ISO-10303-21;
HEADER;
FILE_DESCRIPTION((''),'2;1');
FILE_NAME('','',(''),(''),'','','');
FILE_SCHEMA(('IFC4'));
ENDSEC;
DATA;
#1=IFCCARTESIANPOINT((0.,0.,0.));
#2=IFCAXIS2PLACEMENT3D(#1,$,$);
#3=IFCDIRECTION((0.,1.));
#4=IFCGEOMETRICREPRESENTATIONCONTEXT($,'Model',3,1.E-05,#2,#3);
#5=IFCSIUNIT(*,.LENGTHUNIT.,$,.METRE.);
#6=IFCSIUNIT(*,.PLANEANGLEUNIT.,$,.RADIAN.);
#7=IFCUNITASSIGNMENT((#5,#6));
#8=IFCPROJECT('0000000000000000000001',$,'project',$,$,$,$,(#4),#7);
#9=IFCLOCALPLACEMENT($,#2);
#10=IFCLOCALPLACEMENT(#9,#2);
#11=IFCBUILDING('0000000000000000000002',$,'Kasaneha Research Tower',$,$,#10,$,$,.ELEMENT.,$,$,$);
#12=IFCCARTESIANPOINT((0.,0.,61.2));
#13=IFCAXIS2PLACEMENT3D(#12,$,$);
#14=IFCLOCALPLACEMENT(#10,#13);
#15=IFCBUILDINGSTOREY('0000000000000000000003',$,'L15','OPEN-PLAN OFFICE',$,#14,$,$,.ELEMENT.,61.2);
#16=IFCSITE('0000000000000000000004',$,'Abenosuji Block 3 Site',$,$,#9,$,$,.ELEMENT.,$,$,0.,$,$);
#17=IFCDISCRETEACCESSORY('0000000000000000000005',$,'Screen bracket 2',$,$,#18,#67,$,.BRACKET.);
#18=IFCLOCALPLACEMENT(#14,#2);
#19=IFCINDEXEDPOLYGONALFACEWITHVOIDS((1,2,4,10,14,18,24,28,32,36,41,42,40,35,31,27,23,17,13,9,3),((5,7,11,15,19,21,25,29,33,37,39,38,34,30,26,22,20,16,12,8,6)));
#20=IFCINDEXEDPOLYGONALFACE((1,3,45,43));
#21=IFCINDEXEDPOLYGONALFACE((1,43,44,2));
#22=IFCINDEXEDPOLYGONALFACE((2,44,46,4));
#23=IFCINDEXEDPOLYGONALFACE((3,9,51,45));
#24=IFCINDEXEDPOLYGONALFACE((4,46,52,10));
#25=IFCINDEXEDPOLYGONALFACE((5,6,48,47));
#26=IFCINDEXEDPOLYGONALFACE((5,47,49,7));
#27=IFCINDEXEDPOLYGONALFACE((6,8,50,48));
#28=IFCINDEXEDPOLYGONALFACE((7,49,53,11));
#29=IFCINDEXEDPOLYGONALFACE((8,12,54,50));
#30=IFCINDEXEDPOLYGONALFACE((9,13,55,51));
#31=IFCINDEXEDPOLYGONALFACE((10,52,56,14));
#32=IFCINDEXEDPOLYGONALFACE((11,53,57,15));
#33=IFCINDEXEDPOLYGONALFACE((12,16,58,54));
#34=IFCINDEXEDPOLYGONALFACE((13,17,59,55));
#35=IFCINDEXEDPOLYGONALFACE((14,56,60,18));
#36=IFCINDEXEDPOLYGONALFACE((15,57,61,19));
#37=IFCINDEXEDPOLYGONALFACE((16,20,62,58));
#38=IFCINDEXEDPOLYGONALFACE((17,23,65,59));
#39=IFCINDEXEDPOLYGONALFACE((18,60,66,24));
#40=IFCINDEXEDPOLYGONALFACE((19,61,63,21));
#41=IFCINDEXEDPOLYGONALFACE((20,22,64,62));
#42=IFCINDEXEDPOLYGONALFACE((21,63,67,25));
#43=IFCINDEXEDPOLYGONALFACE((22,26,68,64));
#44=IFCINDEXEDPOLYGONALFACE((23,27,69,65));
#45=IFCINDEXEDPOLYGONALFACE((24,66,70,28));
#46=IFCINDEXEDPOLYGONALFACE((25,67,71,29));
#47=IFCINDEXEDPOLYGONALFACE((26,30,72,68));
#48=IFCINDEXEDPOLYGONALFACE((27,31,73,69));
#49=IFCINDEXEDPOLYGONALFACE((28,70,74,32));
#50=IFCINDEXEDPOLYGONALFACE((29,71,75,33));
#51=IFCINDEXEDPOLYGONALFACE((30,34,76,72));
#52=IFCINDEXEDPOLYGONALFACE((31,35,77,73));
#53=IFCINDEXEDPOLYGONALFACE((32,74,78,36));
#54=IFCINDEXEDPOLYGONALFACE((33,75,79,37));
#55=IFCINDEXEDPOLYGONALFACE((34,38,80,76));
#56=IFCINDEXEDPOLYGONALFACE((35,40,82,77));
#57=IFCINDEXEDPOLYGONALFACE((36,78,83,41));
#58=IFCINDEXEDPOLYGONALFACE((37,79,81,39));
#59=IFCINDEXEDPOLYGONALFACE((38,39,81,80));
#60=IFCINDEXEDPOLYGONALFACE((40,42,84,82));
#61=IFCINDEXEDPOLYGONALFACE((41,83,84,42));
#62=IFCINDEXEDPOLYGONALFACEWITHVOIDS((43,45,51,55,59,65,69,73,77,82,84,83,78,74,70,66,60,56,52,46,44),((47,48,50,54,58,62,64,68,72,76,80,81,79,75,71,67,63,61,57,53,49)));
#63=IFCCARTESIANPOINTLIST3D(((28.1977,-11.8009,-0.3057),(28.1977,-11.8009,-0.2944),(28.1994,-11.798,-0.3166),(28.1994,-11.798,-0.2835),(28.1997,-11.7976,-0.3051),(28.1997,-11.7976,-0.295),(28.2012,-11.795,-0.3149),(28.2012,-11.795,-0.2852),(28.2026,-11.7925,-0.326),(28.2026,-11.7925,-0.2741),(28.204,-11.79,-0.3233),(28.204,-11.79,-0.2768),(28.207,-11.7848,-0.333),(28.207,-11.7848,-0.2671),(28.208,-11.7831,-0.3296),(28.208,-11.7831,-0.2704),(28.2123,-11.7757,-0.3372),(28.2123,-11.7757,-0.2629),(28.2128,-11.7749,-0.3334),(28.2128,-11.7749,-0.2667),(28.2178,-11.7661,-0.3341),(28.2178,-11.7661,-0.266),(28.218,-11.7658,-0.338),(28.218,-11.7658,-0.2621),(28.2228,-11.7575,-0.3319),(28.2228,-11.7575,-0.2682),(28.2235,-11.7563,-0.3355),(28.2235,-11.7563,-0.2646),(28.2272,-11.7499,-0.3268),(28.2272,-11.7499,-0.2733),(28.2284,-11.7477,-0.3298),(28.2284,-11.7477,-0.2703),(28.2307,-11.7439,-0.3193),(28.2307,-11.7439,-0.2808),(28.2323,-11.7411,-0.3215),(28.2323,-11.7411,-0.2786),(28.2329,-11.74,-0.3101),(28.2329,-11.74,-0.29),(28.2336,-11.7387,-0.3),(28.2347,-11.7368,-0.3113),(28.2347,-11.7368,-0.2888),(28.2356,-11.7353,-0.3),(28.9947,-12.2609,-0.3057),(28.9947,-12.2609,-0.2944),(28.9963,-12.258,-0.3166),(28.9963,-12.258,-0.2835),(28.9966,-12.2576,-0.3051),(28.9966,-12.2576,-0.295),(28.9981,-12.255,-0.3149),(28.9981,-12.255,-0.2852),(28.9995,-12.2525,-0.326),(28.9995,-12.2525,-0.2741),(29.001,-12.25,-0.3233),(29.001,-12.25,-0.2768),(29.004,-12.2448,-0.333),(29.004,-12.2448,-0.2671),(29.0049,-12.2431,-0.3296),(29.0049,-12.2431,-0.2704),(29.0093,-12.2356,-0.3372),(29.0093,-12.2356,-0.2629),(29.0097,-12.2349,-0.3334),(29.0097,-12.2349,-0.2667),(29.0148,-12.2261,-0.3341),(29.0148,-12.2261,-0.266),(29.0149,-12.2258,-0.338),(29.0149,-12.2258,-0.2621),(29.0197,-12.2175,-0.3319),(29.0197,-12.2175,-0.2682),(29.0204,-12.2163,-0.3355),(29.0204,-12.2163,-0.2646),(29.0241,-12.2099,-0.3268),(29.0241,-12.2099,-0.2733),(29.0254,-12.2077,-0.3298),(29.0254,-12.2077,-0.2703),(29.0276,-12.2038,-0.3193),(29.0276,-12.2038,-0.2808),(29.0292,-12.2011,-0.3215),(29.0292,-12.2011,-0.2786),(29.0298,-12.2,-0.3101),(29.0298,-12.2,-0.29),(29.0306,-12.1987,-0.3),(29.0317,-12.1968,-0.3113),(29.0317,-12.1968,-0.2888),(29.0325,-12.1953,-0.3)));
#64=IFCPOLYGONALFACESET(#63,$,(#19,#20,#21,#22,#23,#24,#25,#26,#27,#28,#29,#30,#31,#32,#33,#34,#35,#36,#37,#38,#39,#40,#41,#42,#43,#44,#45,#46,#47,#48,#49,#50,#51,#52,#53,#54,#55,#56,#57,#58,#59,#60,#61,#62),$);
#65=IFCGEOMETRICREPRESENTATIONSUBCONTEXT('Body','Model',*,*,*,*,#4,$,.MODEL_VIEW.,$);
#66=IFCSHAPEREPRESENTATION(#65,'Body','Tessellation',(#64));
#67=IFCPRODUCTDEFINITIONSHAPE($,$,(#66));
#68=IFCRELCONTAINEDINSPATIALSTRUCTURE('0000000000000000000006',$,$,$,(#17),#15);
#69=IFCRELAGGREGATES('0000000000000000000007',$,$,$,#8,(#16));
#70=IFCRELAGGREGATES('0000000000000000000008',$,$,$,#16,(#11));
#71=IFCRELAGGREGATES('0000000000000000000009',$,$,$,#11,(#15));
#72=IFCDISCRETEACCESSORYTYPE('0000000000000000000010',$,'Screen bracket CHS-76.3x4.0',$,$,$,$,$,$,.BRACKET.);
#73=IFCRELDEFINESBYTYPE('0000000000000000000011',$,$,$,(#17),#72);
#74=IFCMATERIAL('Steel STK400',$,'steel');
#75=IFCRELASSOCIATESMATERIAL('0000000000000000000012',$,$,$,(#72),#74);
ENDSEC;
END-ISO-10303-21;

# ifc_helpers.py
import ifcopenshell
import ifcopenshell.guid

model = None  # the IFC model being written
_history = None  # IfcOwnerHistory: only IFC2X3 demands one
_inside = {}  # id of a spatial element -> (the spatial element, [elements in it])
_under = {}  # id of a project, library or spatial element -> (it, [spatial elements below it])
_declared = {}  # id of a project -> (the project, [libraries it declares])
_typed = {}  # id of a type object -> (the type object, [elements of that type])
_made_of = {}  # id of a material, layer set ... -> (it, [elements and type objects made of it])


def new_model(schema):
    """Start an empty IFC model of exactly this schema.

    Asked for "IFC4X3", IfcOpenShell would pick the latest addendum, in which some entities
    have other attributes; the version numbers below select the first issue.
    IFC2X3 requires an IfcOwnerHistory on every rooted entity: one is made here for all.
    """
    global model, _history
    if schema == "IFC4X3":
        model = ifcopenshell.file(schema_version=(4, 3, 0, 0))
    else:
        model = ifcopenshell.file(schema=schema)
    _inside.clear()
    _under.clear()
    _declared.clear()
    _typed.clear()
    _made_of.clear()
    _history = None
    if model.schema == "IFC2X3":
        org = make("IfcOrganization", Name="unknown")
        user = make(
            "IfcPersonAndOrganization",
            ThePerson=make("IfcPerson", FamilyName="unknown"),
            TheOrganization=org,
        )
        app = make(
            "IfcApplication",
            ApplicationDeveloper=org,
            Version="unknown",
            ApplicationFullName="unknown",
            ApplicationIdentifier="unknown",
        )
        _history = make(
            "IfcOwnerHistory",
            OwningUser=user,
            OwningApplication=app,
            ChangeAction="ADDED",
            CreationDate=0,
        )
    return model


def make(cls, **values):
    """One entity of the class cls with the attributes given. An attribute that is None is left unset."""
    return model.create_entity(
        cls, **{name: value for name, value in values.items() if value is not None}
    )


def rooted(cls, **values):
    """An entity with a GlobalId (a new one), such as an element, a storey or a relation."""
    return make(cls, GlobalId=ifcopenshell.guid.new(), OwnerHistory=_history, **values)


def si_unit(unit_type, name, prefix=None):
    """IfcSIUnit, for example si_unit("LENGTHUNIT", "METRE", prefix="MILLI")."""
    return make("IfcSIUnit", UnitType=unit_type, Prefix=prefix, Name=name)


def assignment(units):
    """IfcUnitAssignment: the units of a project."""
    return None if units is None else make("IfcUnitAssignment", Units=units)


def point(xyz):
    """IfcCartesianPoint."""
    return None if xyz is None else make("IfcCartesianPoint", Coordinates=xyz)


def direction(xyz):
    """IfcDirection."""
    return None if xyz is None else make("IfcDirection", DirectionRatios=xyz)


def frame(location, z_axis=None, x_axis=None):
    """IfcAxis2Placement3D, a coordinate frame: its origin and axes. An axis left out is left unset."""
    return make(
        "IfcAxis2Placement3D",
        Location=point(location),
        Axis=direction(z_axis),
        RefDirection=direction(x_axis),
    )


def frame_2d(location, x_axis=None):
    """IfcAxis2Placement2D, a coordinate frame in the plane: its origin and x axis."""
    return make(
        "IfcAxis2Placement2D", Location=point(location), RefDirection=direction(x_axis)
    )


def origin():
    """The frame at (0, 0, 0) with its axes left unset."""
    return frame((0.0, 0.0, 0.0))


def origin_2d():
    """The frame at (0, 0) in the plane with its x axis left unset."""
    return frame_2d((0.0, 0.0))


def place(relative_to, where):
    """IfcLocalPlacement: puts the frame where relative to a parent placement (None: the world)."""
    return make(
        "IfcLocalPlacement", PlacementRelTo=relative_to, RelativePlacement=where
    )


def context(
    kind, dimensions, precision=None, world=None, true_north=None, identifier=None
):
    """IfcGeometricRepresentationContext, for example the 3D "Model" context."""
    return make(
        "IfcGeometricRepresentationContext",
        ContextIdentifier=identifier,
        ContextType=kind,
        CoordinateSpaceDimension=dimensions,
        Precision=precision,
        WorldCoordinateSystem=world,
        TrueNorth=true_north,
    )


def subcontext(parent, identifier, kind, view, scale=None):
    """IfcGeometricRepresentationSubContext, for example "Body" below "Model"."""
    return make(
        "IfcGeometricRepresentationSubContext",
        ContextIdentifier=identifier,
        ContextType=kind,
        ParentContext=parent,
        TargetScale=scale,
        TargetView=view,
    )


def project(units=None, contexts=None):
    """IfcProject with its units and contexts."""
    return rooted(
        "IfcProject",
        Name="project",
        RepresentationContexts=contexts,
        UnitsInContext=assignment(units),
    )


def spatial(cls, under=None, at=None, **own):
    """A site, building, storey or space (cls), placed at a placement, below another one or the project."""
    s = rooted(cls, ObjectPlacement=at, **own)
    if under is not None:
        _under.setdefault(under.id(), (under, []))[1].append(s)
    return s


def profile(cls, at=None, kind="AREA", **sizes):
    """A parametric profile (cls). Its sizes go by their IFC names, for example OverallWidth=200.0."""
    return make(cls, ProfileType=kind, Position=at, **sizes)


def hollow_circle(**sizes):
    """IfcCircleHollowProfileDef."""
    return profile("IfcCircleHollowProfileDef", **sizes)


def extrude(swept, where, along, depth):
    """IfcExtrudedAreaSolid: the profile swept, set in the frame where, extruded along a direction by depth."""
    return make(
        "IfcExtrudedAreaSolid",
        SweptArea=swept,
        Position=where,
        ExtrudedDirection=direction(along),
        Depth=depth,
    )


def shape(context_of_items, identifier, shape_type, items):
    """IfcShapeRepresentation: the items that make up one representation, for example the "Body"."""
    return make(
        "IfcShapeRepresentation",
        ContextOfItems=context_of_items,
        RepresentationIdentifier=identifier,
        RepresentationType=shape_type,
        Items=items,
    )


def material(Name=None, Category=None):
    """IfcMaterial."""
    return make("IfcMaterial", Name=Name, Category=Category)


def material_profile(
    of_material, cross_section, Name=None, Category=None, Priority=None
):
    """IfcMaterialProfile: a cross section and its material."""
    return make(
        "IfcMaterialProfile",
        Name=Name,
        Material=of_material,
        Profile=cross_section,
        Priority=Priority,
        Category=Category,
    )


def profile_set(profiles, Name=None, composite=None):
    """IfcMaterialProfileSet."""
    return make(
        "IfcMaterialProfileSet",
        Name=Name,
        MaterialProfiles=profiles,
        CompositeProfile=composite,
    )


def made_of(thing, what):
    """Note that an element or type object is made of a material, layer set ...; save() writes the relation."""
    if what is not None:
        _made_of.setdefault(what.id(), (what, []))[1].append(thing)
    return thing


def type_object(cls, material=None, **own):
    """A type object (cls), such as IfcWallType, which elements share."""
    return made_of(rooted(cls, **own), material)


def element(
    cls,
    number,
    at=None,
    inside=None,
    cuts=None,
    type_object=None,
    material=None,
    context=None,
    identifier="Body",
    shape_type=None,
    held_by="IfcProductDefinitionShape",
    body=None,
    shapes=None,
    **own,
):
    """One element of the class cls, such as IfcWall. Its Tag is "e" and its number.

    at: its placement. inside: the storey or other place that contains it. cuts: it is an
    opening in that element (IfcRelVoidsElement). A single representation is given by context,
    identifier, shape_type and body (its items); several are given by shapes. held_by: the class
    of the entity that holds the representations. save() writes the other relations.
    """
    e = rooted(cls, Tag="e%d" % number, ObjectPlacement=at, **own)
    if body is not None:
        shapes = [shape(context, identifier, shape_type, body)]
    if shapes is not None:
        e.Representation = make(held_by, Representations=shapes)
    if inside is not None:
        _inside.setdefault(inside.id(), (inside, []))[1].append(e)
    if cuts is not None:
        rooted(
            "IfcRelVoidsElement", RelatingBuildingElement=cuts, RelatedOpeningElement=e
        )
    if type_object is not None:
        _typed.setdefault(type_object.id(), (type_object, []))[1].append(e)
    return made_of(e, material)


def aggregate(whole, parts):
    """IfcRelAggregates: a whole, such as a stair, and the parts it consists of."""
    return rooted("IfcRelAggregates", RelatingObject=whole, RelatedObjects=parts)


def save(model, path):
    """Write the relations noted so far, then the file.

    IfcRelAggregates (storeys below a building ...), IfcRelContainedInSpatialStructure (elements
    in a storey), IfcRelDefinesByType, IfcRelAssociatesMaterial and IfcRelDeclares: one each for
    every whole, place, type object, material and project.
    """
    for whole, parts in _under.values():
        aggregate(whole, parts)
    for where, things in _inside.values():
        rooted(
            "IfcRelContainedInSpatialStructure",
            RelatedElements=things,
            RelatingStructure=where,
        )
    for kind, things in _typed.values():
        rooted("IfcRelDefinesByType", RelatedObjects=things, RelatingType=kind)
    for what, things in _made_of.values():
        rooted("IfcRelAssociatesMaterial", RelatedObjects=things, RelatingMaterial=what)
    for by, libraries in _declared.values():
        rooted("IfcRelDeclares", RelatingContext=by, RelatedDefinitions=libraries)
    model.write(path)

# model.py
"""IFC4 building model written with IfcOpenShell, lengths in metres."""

from ifc_helpers import new_model, si_unit, direction, frame, origin, origin_2d, place, context, subcontext, project, spatial, hollow_circle, extrude, material, material_profile, profile_set, type_object, element, save


model = new_model("IFC4")

# Units and contexts
model_context = context("Model", 3, precision=1e-05, world=origin(), true_north=direction((0.0, 1.0)))
body_context = subcontext(model_context, "Body", "Model", "MODEL_VIEW")
ifc_project = project(units=[si_unit("LENGTHUNIT", "METRE"), si_unit("PLANEANGLEUNIT", "RADIAN")], contexts=[model_context])

# Site, building, storey
site_placement = place(None, origin())
site = spatial("IfcSite", under=ifc_project, at=site_placement, Name="Abenosuji Block 3 Site", CompositionType="ELEMENT", RefElevation=0.0)
building_placement = place(site_placement, origin())
building = spatial("IfcBuilding", under=site, at=building_placement, Name="Kasaneha Research Tower", CompositionType="ELEMENT")
storey_placement = place(building_placement, frame((0.0, 0.0, 61.2)))
storey = spatial("IfcBuildingStorey", under=building, at=storey_placement, Name="L15", Description="OPEN-PLAN OFFICE", CompositionType="ELEMENT", Elevation=61.2)

# Discrete accessory
ifc_material_1 = material(Name="Steel STK400", Category="steel")
ifc_material_profile_1 = material_profile(ifc_material_1, hollow_circle(Radius=0.0381, WallThickness=0.0039, at=origin_2d()), Name="CHS-76.3x4.0")
ifc_profile_set_1 = profile_set([ifc_material_profile_1], Name="Steel STK400")
discrete_accessory_type = type_object("IfcDiscreteAccessoryType", Name="Screen bracket CHS-76.3x4.0", PredefinedType="BRACKET", material=ifc_profile_set_1)
for number, where, z_axis, x_axis, name in (
    (1, (28.2166, -11.7683, -0.3), (0.86608, -0.499906, 0.0), (0.499906, 0.86608, 0.0), "Screen bracket 2"),
):
    element("IfcDiscreteAccessory", number, at=place(storey_placement, frame(where, z_axis=z_axis, x_axis=x_axis)), inside=storey, type_object=discrete_accessory_type, Name=name, PredefinedType="BRACKET", context=body_context, shape_type="SweptSolid", body=[
        extrude(hollow_circle(Radius=0.0381, WallThickness=0.0039, at=origin_2d()), origin(), (0.0, 0.0, 1.0), 0.9202),
    ])

save(model, "model.ifc")
